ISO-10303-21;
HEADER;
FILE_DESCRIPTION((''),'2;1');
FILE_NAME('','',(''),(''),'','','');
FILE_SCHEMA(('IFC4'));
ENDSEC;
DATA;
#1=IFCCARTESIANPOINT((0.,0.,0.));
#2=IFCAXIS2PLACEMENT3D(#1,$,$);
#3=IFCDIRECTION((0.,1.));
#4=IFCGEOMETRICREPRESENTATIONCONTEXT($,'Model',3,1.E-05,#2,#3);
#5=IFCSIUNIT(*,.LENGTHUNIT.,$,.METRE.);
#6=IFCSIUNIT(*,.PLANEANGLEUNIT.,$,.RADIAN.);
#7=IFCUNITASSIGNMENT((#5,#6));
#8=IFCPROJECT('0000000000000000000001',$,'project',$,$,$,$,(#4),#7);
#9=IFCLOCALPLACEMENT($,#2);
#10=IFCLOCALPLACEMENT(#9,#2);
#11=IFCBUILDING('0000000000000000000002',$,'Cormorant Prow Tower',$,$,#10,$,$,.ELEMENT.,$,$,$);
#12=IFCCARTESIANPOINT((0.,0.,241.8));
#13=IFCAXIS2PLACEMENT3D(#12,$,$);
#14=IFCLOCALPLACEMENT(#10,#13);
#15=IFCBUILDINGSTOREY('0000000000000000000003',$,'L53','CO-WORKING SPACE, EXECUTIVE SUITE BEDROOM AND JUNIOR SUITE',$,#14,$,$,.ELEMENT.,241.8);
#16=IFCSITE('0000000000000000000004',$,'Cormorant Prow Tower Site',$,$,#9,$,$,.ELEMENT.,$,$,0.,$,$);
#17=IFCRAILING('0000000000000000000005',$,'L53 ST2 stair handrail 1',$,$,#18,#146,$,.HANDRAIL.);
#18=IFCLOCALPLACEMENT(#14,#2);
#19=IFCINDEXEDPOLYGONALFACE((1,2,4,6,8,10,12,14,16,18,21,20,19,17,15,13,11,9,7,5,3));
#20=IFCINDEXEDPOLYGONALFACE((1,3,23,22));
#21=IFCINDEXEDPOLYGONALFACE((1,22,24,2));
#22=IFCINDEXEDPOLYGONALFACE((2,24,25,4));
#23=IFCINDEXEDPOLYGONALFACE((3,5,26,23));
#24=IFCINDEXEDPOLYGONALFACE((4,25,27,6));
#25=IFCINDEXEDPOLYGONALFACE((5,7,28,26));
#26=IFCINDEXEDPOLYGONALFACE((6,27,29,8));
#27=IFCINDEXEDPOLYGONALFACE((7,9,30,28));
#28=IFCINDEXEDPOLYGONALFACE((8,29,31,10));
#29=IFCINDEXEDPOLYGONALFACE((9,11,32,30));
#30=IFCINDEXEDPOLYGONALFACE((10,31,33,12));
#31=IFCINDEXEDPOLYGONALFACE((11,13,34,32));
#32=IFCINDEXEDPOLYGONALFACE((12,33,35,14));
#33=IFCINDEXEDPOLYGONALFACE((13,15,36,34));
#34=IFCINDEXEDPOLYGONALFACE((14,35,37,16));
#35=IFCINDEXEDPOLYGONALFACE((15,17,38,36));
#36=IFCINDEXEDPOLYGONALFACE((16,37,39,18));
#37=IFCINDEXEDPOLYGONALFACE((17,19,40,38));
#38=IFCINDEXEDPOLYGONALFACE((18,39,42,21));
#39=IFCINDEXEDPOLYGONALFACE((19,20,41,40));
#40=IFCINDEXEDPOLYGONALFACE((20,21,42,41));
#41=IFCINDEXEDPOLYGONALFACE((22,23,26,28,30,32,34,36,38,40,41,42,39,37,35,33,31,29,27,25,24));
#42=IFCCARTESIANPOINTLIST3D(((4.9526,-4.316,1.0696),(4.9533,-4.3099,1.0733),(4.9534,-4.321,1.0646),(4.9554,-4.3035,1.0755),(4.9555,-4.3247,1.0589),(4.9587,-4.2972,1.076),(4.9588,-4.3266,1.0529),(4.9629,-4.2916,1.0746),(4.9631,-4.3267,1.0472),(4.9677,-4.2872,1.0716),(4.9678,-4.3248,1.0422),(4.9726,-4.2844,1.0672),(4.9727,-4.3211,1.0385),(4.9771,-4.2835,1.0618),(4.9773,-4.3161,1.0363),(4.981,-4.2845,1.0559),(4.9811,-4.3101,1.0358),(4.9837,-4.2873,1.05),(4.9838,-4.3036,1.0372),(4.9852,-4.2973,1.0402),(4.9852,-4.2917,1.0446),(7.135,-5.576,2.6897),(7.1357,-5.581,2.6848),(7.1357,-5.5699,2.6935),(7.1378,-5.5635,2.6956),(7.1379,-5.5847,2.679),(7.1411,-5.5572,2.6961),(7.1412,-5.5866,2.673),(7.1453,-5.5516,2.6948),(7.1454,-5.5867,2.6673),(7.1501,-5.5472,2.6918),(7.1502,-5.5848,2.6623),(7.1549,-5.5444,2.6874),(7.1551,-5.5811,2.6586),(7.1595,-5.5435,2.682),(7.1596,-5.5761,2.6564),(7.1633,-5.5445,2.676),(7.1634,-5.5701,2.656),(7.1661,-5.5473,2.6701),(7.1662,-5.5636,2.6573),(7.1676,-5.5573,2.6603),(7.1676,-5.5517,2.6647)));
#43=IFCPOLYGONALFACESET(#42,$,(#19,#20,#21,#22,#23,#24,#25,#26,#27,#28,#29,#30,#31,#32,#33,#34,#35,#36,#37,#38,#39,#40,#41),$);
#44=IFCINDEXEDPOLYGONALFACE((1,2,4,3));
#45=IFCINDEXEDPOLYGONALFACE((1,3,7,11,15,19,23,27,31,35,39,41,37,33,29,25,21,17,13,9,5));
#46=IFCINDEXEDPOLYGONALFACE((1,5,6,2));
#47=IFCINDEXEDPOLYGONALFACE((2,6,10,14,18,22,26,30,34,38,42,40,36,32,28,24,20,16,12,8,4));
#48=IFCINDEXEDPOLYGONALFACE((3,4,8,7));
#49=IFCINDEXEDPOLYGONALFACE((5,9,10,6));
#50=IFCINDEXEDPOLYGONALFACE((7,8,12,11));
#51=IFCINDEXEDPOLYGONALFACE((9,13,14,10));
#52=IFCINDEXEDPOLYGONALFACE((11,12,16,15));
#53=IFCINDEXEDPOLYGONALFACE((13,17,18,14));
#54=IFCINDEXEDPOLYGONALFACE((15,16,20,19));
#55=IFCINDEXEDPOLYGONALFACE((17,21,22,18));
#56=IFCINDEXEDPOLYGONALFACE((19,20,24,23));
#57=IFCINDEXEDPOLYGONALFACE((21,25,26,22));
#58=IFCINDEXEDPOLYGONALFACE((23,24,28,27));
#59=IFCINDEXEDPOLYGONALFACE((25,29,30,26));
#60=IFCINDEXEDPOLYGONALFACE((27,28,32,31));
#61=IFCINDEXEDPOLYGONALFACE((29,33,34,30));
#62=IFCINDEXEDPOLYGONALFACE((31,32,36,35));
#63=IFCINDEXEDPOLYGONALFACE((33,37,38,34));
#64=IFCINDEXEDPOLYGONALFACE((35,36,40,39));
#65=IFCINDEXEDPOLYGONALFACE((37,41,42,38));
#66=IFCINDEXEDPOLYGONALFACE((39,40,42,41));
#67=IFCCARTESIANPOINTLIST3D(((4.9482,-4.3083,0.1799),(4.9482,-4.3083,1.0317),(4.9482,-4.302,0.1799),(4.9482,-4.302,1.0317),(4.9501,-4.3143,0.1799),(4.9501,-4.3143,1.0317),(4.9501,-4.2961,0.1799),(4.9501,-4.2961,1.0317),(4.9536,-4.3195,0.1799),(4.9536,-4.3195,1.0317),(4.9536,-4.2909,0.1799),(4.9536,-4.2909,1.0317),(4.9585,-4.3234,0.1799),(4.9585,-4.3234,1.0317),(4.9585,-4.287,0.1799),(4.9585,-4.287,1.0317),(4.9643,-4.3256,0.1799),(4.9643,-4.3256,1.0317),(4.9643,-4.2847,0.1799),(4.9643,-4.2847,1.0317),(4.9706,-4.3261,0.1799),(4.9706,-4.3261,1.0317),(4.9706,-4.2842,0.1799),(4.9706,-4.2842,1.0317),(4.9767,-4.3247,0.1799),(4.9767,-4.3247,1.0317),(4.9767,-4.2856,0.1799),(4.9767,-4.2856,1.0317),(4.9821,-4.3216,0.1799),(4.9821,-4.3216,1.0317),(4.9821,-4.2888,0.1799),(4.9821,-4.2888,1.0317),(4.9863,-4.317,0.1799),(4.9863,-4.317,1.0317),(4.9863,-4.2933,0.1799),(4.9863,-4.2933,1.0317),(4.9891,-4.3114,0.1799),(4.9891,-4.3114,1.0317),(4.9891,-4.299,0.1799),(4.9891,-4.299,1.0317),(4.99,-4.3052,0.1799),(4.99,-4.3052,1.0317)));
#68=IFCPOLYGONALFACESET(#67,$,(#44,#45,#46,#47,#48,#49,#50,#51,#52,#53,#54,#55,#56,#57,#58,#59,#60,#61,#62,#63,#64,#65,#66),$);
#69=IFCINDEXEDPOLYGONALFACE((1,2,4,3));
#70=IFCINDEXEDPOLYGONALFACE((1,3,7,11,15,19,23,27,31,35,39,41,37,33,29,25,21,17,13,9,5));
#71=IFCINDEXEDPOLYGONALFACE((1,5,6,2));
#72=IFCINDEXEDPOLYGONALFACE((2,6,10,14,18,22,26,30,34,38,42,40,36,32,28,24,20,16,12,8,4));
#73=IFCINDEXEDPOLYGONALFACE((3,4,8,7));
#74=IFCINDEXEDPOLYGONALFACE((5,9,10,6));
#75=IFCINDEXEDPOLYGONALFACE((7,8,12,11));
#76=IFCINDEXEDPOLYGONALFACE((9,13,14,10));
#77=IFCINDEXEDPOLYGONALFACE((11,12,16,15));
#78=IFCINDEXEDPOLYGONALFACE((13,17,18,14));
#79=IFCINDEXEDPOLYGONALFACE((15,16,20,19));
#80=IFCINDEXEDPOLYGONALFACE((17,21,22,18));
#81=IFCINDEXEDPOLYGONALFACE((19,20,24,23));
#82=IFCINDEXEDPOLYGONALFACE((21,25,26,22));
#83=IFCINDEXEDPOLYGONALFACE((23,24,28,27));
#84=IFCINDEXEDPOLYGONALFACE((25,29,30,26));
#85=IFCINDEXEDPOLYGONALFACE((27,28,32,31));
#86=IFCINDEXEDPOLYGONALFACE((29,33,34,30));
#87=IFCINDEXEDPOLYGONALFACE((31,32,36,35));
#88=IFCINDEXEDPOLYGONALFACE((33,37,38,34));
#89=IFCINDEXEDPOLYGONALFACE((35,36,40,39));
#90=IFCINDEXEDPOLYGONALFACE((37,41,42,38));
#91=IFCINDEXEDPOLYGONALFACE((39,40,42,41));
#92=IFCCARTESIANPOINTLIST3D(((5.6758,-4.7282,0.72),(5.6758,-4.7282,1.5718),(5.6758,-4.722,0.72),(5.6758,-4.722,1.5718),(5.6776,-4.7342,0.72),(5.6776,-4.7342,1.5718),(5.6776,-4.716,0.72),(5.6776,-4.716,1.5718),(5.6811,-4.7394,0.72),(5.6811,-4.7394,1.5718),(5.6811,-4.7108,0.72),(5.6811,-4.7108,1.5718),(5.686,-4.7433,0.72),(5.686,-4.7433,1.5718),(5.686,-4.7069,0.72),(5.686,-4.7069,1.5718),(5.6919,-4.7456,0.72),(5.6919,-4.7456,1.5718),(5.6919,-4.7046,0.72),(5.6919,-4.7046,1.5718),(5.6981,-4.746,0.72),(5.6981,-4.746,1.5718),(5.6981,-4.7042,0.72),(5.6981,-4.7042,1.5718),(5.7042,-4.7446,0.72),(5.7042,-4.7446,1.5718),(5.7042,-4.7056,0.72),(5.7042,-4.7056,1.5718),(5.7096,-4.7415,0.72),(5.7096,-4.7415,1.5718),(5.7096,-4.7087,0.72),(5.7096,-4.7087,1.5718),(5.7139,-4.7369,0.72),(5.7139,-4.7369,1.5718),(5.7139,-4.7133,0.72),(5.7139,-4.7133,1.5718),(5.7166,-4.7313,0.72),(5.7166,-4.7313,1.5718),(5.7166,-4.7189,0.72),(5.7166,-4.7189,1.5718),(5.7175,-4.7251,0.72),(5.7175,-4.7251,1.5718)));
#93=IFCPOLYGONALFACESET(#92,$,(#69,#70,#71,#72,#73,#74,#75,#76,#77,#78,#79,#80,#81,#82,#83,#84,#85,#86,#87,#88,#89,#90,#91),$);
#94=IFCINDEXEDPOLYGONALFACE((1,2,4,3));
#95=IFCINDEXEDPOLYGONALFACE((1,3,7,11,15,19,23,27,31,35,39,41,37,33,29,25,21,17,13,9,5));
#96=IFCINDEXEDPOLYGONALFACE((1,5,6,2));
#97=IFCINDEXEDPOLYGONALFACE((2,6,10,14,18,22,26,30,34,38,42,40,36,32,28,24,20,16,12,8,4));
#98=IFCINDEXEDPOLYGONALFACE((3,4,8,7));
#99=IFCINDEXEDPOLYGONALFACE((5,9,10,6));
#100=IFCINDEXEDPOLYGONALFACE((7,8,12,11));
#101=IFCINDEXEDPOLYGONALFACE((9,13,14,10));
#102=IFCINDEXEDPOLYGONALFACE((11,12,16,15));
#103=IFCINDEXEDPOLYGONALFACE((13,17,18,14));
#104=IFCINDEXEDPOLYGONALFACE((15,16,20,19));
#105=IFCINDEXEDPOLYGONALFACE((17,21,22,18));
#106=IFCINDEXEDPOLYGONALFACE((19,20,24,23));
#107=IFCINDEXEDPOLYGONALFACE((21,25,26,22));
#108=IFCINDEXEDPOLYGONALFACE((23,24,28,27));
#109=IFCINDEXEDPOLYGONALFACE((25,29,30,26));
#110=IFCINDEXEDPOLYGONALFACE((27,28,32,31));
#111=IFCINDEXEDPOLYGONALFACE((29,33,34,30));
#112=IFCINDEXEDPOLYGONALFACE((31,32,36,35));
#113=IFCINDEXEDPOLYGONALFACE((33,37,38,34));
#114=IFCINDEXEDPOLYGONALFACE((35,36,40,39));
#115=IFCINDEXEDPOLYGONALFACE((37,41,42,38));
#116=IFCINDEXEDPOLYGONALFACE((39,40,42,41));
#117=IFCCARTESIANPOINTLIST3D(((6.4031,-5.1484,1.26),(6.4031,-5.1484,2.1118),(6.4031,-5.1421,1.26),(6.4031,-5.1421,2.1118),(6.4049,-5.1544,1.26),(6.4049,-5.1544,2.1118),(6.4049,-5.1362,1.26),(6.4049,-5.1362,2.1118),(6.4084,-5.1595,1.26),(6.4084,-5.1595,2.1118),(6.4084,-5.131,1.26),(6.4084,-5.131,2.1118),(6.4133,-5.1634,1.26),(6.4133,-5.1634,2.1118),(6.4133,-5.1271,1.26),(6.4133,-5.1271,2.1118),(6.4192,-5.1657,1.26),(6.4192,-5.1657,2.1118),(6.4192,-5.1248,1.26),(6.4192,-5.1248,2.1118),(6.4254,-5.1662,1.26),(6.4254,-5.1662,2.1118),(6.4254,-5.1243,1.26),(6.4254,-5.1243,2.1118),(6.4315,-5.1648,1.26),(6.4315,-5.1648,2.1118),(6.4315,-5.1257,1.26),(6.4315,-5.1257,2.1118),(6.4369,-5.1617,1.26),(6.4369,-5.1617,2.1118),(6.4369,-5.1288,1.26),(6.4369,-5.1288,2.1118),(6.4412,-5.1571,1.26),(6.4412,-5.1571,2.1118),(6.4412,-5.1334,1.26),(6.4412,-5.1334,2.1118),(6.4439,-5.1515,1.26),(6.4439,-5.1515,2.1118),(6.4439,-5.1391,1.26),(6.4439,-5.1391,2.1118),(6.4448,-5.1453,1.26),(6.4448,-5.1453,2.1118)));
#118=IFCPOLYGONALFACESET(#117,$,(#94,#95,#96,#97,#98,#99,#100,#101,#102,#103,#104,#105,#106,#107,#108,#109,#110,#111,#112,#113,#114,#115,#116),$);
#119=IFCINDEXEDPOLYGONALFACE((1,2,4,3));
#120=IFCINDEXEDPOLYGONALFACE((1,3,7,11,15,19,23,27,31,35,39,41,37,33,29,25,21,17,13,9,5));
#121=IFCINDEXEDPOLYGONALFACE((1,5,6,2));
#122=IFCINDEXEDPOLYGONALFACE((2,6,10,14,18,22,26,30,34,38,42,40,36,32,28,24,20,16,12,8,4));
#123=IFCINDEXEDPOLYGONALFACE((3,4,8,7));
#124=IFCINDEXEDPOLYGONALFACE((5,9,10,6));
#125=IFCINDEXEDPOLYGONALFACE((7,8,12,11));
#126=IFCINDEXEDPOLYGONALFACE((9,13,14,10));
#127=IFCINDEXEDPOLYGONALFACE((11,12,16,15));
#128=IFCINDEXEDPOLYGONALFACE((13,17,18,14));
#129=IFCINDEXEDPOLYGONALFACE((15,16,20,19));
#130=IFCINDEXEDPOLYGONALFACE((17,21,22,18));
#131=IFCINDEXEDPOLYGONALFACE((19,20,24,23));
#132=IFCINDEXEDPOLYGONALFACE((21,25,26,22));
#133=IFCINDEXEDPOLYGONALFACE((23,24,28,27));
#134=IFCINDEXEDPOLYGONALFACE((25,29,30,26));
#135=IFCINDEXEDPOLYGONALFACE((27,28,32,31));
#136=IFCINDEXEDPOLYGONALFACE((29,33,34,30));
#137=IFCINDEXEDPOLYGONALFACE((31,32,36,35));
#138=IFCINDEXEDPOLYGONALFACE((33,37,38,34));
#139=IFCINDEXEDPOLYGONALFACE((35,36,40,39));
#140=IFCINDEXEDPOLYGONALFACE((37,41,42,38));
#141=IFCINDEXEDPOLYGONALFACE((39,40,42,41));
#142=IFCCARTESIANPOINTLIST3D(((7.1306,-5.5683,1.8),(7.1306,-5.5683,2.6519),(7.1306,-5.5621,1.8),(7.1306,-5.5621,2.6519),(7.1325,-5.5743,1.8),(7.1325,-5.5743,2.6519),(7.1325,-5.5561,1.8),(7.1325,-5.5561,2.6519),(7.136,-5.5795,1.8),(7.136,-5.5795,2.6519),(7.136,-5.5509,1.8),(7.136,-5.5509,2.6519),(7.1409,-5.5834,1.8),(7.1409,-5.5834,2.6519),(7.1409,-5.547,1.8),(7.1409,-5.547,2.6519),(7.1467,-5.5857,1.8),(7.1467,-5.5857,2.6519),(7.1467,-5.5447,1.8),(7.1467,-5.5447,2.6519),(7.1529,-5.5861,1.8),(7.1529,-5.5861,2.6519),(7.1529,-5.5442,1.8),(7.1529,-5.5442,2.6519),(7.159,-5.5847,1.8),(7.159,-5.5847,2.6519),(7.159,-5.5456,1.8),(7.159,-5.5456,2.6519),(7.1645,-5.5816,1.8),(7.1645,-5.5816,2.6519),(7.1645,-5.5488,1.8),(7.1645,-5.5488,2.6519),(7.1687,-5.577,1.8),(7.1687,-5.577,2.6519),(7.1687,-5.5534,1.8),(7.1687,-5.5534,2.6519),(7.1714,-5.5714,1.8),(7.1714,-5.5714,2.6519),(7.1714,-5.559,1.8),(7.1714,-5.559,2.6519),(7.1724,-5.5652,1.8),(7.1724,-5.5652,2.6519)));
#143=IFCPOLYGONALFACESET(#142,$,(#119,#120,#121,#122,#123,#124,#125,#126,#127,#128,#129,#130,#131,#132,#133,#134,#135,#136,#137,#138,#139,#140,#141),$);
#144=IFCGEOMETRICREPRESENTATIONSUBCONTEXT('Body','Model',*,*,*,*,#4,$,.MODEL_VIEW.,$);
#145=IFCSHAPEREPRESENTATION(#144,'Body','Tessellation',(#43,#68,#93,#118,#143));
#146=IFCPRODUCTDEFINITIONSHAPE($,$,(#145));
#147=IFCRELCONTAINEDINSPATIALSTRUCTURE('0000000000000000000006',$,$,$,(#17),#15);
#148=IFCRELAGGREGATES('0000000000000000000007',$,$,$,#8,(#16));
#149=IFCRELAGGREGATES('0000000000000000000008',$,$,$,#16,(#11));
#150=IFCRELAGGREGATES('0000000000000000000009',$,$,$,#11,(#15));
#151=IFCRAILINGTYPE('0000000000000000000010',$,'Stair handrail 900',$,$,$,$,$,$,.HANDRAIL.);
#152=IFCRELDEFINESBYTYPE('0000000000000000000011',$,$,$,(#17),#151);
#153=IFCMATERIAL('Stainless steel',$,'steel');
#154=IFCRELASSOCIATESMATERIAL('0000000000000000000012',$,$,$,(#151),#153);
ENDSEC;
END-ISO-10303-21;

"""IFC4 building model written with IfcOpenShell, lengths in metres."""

from ifc_helpers import new_model, si_unit, direction, frame, origin, origin_2d, place, context, subcontext, project, spatial, circle, extrude, material, type_object, element, save


model = new_model("IFC4")

# Units and contexts
model_context = context("Model", 3, precision=1e-05, world=origin(), true_north=direction((0.0, 1.0)))
body_context = subcontext(model_context, "Body", "Model", "MODEL_VIEW")
ifc_project = project(units=[si_unit("LENGTHUNIT", "METRE"), si_unit("PLANEANGLEUNIT", "RADIAN")], contexts=[model_context])

# Site, building, storey
site_placement = place(None, origin())
site = spatial("IfcSite", under=ifc_project, at=site_placement, Name="Cormorant Prow Tower Site", CompositionType="ELEMENT", RefElevation=0.0)
building_placement = place(site_placement, origin())
building = spatial("IfcBuilding", under=site, at=building_placement, Name="Cormorant Prow Tower", CompositionType="ELEMENT")
storey_placement = place(building_placement, frame((0.0, 0.0, 241.8)))
storey = spatial("IfcBuildingStorey", under=building, at=storey_placement, Name="L53", Description="CO-WORKING SPACE, EXECUTIVE SUITE BEDROOM AND JUNIOR SUITE", CompositionType="ELEMENT", Elevation=241.8)

# Railing
ifc_material_1 = material(Name="Stainless steel", Category="steel")
railing_type_1 = type_object("IfcRailingType", Name="Stair handrail 900", PredefinedType="HANDRAIL", material=ifc_material_1)
railing_1_placement = place(storey_placement, frame((4.969, -4.3052, 0.1799)))
element("IfcRailing", 1, at=railing_1_placement, inside=storey, type_object=railing_type_1, Name="L53 ST2 stair handrail 1", PredefinedType="HANDRAIL", context=body_context, shape_type="SweptSolid", body=[
    extrude(circle(Radius=0.0239, at=origin_2d()), frame((0.0, 0.0, 0.876), z_axis=(0.728464, -0.420584, 0.540786), x_axis=(0.500005, 0.866023, 0.0)), (0.0, 0.0, 1.0), 2.9958),
    extrude(circle(Radius=0.021, at=origin_2d()), origin(), (0.0, 0.0, 1.0), 0.8518),
    extrude(circle(Radius=0.021, at=origin_2d()), frame((0.7275, -0.4199, 0.54)), (0.0, 0.0, 1.0), 0.8518),
    extrude(circle(Radius=0.021, at=origin_2d()), frame((1.4548, -0.8401, 1.0801)), (0.0, 0.0, 1.0), 0.8518),
    extrude(circle(Radius=0.021, at=origin_2d()), frame((2.1824, -1.26, 1.6201)), (0.0, 0.0, 1.0), 0.8518),
])

save(model, "model.ifc")
